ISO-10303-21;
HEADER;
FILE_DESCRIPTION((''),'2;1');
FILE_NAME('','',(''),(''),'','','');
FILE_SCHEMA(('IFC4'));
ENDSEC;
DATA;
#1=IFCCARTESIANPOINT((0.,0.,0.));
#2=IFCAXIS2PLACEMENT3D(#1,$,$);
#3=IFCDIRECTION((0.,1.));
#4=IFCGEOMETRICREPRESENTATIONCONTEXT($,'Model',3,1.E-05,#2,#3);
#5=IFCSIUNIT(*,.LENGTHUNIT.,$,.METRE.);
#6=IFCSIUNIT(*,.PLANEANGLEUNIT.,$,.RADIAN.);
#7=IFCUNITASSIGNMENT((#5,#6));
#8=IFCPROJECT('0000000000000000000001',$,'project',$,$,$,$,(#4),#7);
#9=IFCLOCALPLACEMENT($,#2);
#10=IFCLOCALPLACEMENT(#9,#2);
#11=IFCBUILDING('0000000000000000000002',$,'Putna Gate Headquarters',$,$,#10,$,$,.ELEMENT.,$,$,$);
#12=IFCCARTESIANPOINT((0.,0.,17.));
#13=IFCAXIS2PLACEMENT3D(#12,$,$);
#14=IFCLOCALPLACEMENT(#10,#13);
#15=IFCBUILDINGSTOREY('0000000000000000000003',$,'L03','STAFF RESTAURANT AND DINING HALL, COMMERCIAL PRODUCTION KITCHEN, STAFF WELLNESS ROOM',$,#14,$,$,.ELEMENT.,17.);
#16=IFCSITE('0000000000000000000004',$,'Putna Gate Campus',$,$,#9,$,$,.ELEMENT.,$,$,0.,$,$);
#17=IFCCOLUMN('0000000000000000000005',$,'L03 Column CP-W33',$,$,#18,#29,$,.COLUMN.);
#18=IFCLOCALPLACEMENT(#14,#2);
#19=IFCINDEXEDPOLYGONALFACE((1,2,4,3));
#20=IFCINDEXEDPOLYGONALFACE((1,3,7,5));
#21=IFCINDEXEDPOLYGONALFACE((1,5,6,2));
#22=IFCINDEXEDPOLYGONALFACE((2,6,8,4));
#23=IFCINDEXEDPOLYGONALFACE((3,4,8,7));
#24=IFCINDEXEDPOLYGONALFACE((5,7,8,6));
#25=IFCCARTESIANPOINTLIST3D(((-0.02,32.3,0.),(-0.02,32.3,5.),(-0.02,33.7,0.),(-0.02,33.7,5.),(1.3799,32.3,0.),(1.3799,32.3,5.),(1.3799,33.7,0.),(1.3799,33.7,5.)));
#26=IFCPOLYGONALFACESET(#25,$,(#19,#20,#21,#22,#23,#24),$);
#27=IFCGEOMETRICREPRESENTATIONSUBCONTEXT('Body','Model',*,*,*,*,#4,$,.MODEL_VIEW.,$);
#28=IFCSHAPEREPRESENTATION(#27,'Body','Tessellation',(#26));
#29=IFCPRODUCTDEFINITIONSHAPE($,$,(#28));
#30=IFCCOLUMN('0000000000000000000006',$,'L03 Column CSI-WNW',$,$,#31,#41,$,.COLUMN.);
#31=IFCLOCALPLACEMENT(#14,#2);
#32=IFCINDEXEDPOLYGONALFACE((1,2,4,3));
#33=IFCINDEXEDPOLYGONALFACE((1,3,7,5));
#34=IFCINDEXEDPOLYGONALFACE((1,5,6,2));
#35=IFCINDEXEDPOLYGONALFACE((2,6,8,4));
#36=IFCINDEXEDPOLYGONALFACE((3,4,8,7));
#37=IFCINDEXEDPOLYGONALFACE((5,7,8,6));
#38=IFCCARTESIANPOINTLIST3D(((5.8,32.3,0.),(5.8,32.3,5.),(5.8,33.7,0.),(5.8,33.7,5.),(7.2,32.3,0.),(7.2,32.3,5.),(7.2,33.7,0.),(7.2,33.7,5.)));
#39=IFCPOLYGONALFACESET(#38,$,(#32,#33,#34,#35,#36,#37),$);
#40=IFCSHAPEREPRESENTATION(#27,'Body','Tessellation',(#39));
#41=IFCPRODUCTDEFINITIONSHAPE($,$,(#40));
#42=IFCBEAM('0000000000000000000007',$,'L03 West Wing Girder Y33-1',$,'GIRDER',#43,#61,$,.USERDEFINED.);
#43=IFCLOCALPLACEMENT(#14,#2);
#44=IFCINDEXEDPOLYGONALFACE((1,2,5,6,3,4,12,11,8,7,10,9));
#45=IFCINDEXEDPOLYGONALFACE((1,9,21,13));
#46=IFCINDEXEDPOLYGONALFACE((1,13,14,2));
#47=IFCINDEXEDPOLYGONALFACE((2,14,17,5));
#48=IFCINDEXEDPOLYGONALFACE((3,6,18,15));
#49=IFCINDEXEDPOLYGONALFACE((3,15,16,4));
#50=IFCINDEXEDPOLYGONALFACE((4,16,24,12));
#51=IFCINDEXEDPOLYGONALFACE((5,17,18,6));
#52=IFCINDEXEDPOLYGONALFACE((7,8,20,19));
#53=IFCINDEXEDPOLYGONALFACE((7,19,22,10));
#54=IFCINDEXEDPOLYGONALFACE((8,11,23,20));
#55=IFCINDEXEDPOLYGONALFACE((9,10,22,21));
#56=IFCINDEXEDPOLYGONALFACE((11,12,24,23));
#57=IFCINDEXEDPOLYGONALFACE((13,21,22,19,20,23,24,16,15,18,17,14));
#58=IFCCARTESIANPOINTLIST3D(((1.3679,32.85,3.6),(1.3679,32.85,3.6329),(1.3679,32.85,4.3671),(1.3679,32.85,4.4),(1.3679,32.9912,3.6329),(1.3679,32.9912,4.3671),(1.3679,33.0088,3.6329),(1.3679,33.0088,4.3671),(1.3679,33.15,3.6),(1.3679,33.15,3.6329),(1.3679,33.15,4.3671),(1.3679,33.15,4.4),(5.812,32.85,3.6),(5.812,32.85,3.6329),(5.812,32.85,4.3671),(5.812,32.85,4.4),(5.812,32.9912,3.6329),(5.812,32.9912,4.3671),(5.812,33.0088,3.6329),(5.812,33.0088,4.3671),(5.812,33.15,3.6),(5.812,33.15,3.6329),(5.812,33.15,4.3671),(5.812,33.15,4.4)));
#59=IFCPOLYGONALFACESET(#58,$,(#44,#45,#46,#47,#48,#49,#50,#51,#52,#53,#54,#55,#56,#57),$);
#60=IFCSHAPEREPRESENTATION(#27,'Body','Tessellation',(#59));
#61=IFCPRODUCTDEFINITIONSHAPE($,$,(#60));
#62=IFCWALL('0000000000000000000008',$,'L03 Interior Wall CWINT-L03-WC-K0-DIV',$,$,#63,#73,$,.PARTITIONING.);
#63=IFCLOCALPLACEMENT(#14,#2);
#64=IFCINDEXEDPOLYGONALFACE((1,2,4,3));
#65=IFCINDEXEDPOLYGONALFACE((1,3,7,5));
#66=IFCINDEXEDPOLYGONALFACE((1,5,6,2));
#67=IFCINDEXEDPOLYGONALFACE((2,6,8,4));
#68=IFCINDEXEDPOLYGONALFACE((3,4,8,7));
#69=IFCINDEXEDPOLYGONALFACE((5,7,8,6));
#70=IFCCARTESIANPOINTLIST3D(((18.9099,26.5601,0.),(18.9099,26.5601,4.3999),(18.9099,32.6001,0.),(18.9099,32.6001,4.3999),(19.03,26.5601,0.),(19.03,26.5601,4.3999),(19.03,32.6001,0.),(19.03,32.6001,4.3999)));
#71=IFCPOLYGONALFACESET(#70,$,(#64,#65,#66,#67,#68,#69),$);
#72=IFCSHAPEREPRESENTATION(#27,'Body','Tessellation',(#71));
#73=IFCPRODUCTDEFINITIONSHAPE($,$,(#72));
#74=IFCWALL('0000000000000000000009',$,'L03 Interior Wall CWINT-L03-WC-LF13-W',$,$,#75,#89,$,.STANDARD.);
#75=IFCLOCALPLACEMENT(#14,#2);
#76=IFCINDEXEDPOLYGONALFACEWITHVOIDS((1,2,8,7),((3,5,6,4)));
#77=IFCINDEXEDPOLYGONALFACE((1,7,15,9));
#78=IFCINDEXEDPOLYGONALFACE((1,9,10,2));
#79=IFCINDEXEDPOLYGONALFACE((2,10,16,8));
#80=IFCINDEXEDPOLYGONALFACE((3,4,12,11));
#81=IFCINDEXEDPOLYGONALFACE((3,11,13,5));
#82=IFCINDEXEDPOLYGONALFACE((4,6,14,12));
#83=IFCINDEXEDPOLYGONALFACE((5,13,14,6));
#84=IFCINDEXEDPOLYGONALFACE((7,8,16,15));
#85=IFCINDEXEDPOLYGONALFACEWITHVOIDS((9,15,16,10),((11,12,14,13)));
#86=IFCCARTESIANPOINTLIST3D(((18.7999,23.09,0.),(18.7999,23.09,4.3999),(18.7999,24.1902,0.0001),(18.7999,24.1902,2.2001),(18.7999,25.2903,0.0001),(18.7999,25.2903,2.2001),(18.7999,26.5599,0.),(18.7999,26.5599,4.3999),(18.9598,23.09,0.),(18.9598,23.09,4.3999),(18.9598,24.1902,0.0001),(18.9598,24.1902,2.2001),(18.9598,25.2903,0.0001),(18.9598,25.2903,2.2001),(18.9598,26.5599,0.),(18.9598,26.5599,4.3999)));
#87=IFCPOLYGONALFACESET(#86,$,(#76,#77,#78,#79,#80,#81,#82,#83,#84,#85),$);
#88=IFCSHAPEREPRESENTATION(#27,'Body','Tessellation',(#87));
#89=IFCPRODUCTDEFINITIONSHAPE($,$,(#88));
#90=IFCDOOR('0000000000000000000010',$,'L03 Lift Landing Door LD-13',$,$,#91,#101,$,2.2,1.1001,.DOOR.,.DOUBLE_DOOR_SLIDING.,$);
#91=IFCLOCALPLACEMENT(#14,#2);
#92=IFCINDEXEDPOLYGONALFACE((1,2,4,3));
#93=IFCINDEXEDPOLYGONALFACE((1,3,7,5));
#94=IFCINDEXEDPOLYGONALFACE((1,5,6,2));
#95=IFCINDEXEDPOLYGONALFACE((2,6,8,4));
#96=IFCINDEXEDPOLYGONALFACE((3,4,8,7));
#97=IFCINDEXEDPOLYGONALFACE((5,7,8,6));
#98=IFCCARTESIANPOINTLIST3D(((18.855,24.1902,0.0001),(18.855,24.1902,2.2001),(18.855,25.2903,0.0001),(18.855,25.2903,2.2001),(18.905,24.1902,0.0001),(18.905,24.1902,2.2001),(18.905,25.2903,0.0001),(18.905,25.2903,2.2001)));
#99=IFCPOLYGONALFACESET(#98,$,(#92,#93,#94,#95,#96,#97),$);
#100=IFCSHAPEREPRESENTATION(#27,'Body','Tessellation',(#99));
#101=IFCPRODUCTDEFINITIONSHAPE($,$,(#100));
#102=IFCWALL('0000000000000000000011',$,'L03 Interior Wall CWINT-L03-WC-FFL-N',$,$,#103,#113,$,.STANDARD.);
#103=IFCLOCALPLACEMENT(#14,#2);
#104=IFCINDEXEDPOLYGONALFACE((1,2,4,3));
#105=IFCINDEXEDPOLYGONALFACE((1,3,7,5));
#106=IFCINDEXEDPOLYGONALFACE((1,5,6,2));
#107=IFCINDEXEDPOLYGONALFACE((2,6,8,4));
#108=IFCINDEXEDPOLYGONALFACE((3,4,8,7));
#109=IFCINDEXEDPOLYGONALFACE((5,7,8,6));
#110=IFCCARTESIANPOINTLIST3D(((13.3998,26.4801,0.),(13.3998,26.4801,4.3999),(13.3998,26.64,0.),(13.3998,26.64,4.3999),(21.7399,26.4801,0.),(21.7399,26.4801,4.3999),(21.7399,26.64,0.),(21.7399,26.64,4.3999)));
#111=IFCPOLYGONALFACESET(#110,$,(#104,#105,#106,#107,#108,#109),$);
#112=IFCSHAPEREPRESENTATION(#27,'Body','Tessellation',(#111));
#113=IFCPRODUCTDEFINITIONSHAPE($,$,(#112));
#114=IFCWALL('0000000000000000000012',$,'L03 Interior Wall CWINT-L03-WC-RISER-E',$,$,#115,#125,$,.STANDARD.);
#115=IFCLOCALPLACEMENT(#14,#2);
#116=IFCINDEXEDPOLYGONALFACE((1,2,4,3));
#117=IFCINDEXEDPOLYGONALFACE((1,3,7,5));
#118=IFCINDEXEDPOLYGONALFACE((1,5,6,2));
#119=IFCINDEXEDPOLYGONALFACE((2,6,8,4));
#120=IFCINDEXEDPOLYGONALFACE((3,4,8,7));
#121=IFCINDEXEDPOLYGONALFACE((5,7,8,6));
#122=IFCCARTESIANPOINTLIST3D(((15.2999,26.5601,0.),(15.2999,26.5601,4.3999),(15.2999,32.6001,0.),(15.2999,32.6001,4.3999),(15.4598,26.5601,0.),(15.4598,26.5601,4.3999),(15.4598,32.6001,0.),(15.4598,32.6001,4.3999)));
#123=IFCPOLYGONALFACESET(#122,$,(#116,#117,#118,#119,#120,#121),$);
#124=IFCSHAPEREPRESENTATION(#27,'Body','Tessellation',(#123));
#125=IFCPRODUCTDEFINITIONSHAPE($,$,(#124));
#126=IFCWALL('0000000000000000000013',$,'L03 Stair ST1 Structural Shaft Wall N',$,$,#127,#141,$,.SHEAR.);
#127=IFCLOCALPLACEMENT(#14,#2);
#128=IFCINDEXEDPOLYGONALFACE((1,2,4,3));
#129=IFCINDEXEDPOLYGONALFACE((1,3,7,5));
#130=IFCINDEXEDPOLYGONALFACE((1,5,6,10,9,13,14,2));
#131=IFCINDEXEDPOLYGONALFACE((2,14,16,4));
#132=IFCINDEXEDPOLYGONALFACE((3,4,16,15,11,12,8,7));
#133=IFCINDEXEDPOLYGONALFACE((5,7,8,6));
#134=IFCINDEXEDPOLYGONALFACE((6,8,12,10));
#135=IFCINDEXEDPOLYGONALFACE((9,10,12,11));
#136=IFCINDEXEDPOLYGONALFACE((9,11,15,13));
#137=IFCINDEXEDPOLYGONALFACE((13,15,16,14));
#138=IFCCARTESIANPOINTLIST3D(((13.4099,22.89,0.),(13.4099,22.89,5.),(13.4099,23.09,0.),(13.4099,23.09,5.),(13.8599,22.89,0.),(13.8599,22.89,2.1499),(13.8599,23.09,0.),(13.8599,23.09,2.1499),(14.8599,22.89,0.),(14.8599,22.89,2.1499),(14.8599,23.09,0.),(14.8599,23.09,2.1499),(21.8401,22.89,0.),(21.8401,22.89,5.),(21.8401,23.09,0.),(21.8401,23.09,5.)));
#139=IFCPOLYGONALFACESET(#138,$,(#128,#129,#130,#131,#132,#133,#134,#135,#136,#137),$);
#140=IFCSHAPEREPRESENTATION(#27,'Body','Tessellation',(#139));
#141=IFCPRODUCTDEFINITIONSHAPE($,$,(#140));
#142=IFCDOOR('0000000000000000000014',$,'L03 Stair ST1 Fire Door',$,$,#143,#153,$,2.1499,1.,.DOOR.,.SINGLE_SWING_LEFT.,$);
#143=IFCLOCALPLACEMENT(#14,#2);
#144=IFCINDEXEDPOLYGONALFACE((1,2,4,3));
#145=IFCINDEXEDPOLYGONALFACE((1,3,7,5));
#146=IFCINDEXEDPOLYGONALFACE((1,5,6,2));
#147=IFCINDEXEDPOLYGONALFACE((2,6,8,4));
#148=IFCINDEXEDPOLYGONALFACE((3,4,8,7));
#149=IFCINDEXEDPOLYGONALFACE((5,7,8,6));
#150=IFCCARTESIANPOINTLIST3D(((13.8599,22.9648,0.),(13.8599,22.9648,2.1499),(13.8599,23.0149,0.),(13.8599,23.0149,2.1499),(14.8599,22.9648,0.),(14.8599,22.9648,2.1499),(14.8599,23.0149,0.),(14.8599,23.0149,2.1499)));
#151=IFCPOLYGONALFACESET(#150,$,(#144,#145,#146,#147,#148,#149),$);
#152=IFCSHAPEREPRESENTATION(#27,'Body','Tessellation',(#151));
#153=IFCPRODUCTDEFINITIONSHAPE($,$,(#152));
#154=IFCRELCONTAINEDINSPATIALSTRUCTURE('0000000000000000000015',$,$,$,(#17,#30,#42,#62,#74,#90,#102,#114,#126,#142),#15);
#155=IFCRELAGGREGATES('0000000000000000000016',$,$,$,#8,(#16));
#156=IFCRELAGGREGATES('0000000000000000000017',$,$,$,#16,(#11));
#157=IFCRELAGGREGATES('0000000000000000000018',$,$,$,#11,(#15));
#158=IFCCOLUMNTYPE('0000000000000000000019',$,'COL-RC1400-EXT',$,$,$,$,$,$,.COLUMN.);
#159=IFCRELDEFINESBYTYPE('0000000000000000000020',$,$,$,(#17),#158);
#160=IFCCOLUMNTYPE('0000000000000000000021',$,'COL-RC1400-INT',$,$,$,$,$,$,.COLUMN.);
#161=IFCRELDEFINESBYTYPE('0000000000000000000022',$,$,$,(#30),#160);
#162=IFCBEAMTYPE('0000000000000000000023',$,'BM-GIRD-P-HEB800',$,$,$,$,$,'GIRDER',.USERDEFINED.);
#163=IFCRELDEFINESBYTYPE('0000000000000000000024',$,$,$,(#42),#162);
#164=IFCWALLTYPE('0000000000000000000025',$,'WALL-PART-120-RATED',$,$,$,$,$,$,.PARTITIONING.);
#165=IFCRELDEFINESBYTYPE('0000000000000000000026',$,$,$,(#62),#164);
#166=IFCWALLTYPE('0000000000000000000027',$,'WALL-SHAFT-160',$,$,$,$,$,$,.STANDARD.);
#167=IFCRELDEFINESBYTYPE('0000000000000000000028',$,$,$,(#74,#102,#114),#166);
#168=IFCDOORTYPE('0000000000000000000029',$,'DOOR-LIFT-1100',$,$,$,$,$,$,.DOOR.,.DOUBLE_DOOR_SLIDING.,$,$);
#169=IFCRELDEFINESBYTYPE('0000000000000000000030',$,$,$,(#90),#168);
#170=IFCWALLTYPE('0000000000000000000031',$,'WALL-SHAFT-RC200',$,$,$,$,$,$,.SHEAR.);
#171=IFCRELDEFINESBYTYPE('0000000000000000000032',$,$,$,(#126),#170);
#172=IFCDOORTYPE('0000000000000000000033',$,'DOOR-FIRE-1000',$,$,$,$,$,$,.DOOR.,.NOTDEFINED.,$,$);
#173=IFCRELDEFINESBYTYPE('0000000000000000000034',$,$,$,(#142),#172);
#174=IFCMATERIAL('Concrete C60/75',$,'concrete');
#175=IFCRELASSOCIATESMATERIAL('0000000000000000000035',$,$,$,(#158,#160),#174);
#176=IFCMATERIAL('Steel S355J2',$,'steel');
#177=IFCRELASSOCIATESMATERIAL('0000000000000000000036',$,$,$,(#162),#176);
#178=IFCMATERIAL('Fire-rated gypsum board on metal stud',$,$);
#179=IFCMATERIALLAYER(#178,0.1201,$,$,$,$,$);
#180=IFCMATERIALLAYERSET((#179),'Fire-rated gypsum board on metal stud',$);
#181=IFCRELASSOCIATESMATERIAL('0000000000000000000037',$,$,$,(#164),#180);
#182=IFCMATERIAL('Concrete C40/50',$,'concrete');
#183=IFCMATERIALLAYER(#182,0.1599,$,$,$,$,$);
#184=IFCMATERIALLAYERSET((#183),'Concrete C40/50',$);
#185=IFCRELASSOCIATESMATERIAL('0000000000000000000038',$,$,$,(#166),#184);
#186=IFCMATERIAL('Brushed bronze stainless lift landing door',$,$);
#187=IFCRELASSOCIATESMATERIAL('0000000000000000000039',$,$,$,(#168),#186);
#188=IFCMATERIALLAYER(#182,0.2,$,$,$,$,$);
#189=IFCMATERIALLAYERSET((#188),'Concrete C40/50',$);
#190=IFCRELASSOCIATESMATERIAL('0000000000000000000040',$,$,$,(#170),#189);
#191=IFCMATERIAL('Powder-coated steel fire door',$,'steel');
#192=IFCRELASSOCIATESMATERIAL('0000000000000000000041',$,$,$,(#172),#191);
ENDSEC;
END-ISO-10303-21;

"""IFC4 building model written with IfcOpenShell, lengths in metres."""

from ifc_helpers import new_model, si_unit, direction, frame, frame_2d, origin, origin_2d, place, context, subcontext, project, spatial, rectangle, i_section, extrude, material, layer, layer_set, material_profile, profile_set, type_object, element, fill, save


model = new_model("IFC4")

# Units and contexts
model_context = context("Model", 3, precision=1e-05, world=origin(), true_north=direction((0.0, 1.0)))
body_context = subcontext(model_context, "Body", "Model", "MODEL_VIEW")
ifc_project = project(units=[si_unit("LENGTHUNIT", "METRE"), si_unit("PLANEANGLEUNIT", "RADIAN")], contexts=[model_context])

# Site, building, storey
site_placement = place(None, origin())
site = spatial("IfcSite", under=ifc_project, at=site_placement, Name="Putna Gate Campus", CompositionType="ELEMENT", RefElevation=0.0)
building_placement = place(site_placement, origin())
building = spatial("IfcBuilding", under=site, at=building_placement, Name="Putna Gate Headquarters", CompositionType="ELEMENT")
storey_placement = place(building_placement, frame((0.0, 0.0, 17.0)))
storey = spatial("IfcBuildingStorey", under=building, at=storey_placement, Name="L03", Description="STAFF RESTAURANT AND DINING HALL, COMMERCIAL PRODUCTION KITCHEN, STAFF WELLNESS ROOM", CompositionType="ELEMENT", Elevation=17.0)

# Columns
ifc_material_1 = material(Name="Concrete C60/75", Category="concrete")
ifc_material_profile_1 = material_profile(ifc_material_1, rectangle(XDim=1.3999, YDim=1.3999, at=origin_2d()), Name="Concrete C60/75")
ifc_profile_set_1 = profile_set([ifc_material_profile_1], Name="Concrete C60/75")
column_type_1 = type_object("IfcColumnType", Name="COL-RC1400-EXT", PredefinedType="COLUMN", material=ifc_profile_set_1)
column_1_placement = place(storey_placement, frame((0.6799, 33.0, 0.0), z_axis=(0.0, 0.0, 1.0), x_axis=(1.0, 0.0, 0.0)))
element("IfcColumn", 1, at=column_1_placement, inside=storey, type_object=column_type_1, Name="L03 Column CP-W33", PredefinedType="COLUMN", context=body_context, shape_type="SweptSolid", body=[
    extrude(rectangle(XDim=1.3999, YDim=1.3999, at=origin_2d()), origin(), (0.0, 0.0, 1.0), 5.0),
])
ifc_material_profile_2 = material_profile(ifc_material_1, rectangle(XDim=1.3999, YDim=1.3999, at=origin_2d()), Name="Concrete C60/75")
ifc_profile_set_2 = profile_set([ifc_material_profile_2], Name="Concrete C60/75")
column_type_2 = type_object("IfcColumnType", Name="COL-RC1400-INT", PredefinedType="COLUMN", material=ifc_profile_set_2)
column_2_placement = place(storey_placement, frame((6.5, 33.0, 0.0), z_axis=(0.0, 0.0, 1.0), x_axis=(1.0, 0.0, 0.0)))
element("IfcColumn", 2, at=column_2_placement, inside=storey, type_object=column_type_2, Name="L03 Column CSI-WNW", PredefinedType="COLUMN", context=body_context, shape_type="SweptSolid", body=[
    extrude(rectangle(XDim=1.3999, YDim=1.3999, at=origin_2d()), origin(), (0.0, 0.0, 1.0), 5.0),
])

# Beam
ifc_material_2 = material(Name="Steel S355J2", Category="steel")
ifc_material_profile_3 = material_profile(ifc_material_2, i_section(OverallWidth=0.3, OverallDepth=0.8, WebThickness=0.0176, FlangeThickness=0.033, at=origin_2d()), Name="Steel S355J2")
ifc_profile_set_3 = profile_set([ifc_material_profile_3], Name="Steel S355J2")
beam_type = type_object("IfcBeamType", Name="BM-GIRD-P-HEB800", ElementType="GIRDER", PredefinedType="USERDEFINED", material=ifc_profile_set_3)
beam_placement = place(storey_placement, frame((1.3679, 33.0, 4.0), z_axis=(1.0, 0.0, 0.0), x_axis=(0.0, 1.0, 0.0)))
element("IfcBeam", 3, at=beam_placement, inside=storey, type_object=beam_type, Name="L03 West Wing Girder Y33-1", ObjectType="GIRDER", PredefinedType="USERDEFINED", context=body_context, shape_type="SweptSolid", body=[
    extrude(i_section(OverallWidth=0.3, OverallDepth=0.8, WebThickness=0.0176, FlangeThickness=0.033, at=origin_2d()), origin(), (0.0, 0.0, 1.0), 4.4441),
])

# Wall
ifc_material_3 = material(Name="Fire-rated gypsum board on metal stud")
ifc_layer_1 = layer(ifc_material_3, 0.1201)
ifc_layer_set_1 = layer_set([ifc_layer_1], Name="Fire-rated gypsum board on metal stud")
wall_type_1 = type_object("IfcWallType", Name="WALL-PART-120-RATED", PredefinedType="PARTITIONING", material=ifc_layer_set_1)
wall_1_placement = place(storey_placement, frame((18.97, 26.5601, 0.0), z_axis=(0.0, 0.0, 1.0), x_axis=(0.0, 1.0, 0.0)))
element("IfcWall", 4, at=wall_1_placement, inside=storey, type_object=wall_type_1, Name="L03 Interior Wall CWINT-L03-WC-K0-DIV", PredefinedType="PARTITIONING", context=body_context, shape_type="SweptSolid", body=[
    extrude(rectangle(XDim=6.04, YDim=0.1201, at=frame_2d((3.02, 0.0))), origin(), (0.0, 0.0, 1.0), 4.3999),
])

# Wall, opening, door
ifc_material_4 = material(Name="Concrete C40/50", Category="concrete")
ifc_layer_2 = layer(ifc_material_4, 0.1599)
ifc_layer_set_2 = layer_set([ifc_layer_2], Name="Concrete C40/50")
wall_type_2 = type_object("IfcWallType", Name="WALL-SHAFT-160", PredefinedType="STANDARD", material=ifc_layer_set_2)
wall_2_placement = place(storey_placement, frame((18.8799, 23.0901, 0.0), z_axis=(0.0, 0.0, 1.0), x_axis=(0.0, 1.0, 0.0)))
wall_2 = element("IfcWall", 5, at=wall_2_placement, inside=storey, type_object=wall_type_2, Name="L03 Interior Wall CWINT-L03-WC-LF13-W", PredefinedType="STANDARD", context=body_context, shape_type="SweptSolid", body=[
    extrude(rectangle(XDim=3.47, YDim=0.1599, at=frame_2d((1.7349, 0.0))), origin(), (0.0, 0.0, 1.0), 4.3999),
])
opening_1_placement = place(wall_2_placement, frame((1.1001, 0.0, 0.0)))
opening_1 = element("IfcOpeningElement", 6, at=opening_1_placement, cuts=wall_2, PredefinedType="OPENING", context=body_context, shape_type="SweptSolid", body=[
    extrude(rectangle(XDim=1.1001, YDim=2.2, at=frame_2d((0.55, 1.1001))), frame((0.0, 0.0898, 0.0), z_axis=(0.0, -1.0, 0.0), x_axis=(1.0, 0.0, 0.0)), (0.0, 0.0, 1.0), 0.1799),
])
ifc_material_5 = material(Name="Brushed bronze stainless lift landing door")
door_type_1 = type_object("IfcDoorType", Name="DOOR-LIFT-1100", OperationType="DOUBLE_DOOR_SLIDING", PredefinedType="DOOR", material=ifc_material_5)
door_1_placement = place(opening_1_placement, origin())
door_1 = element("IfcDoor", 7, at=door_1_placement, inside=storey, type_object=door_type_1, Name="L03 Lift Landing Door LD-13", OperationType="DOUBLE_DOOR_SLIDING", OverallHeight=2.2, OverallWidth=1.1001, PredefinedType="DOOR", context=body_context, shape_type="SweptSolid", body=[
    extrude(rectangle(XDim=1.1001, YDim=2.2, at=frame_2d((0.55, 1.1001))), frame((0.0, 0.0249, 0.0), z_axis=(0.0, -1.0, 0.0), x_axis=(1.0, 0.0, 0.0)), (0.0, 0.0, 1.0), 0.05),
])
fill(opening_1, door_1)

# Walls
wall_3_placement = place(storey_placement, frame((13.3999, 26.5601, 0.0), z_axis=(0.0, 0.0, 1.0), x_axis=(1.0, 0.0, 0.0)))
element("IfcWall", 8, at=wall_3_placement, inside=storey, type_object=wall_type_2, Name="L03 Interior Wall CWINT-L03-WC-FFL-N", PredefinedType="STANDARD", context=body_context, shape_type="SweptSolid", body=[
    extrude(rectangle(XDim=8.3401, YDim=0.1599, at=frame_2d((4.1699, 0.0))), origin(), (0.0, 0.0, 1.0), 4.3999),
])
wall_4_placement = place(storey_placement, frame((15.3799, 26.5601, 0.0), z_axis=(0.0, 0.0, 1.0), x_axis=(0.0, 1.0, 0.0)))
element("IfcWall", 9, at=wall_4_placement, inside=storey, type_object=wall_type_2, Name="L03 Interior Wall CWINT-L03-WC-RISER-E", PredefinedType="STANDARD", context=body_context, shape_type="SweptSolid", body=[
    extrude(rectangle(XDim=6.04, YDim=0.1599, at=frame_2d((3.02, 0.0))), origin(), (0.0, 0.0, 1.0), 4.3999),
])

# Wall, opening, door
ifc_layer_3 = layer(ifc_material_4, 0.2)
ifc_layer_set_3 = layer_set([ifc_layer_3], Name="Concrete C40/50")
wall_type_3 = type_object("IfcWallType", Name="WALL-SHAFT-RC200", PredefinedType="SHEAR", material=ifc_layer_set_3)
wall_5_placement = place(storey_placement, frame((13.4099, 22.99, 0.0), z_axis=(0.0, 0.0, 1.0), x_axis=(1.0, 0.0, 0.0)))
wall_5 = element("IfcWall", 10, at=wall_5_placement, inside=storey, type_object=wall_type_3, Name="L03 Stair ST1 Structural Shaft Wall N", PredefinedType="SHEAR", context=body_context, shape_type="SweptSolid", body=[
    extrude(rectangle(XDim=8.4302, YDim=0.2, at=frame_2d((4.2151, 0.0))), origin(), (0.0, 0.0, 1.0), 5.0),
])
opening_2_placement = place(wall_5_placement, frame((0.45, 0.0, 0.0)))
opening_2 = element("IfcOpeningElement", 11, at=opening_2_placement, cuts=wall_5, PredefinedType="OPENING", context=body_context, shape_type="SweptSolid", body=[
    extrude(rectangle(XDim=1.0, YDim=2.1499, at=frame_2d((0.5, 1.075))), frame((0.0, 0.1099, 0.0), z_axis=(0.0, -1.0, 0.0), x_axis=(1.0, 0.0, 0.0)), (0.0, 0.0, 1.0), 0.22),
])
ifc_material_6 = material(Name="Powder-coated steel fire door", Category="steel")
door_type_2 = type_object("IfcDoorType", Name="DOOR-FIRE-1000", OperationType="NOTDEFINED", PredefinedType="DOOR", material=ifc_material_6)
door_2_placement = place(opening_2_placement, origin())
door_2 = element("IfcDoor", 12, at=door_2_placement, inside=storey, type_object=door_type_2, Name="L03 Stair ST1 Fire Door", OperationType="SINGLE_SWING_LEFT", OverallHeight=2.1499, OverallWidth=1.0, PredefinedType="DOOR", context=body_context, shape_type="SweptSolid", body=[
    extrude(rectangle(XDim=1.0, YDim=2.1499, at=frame_2d((0.5, 1.075))), frame((0.0, 0.0249, 0.0), z_axis=(0.0, -1.0, 0.0), x_axis=(1.0, 0.0, 0.0)), (0.0, 0.0, 1.0), 0.05),
])
fill(opening_2, door_2)

save(model, "model.ifc")
